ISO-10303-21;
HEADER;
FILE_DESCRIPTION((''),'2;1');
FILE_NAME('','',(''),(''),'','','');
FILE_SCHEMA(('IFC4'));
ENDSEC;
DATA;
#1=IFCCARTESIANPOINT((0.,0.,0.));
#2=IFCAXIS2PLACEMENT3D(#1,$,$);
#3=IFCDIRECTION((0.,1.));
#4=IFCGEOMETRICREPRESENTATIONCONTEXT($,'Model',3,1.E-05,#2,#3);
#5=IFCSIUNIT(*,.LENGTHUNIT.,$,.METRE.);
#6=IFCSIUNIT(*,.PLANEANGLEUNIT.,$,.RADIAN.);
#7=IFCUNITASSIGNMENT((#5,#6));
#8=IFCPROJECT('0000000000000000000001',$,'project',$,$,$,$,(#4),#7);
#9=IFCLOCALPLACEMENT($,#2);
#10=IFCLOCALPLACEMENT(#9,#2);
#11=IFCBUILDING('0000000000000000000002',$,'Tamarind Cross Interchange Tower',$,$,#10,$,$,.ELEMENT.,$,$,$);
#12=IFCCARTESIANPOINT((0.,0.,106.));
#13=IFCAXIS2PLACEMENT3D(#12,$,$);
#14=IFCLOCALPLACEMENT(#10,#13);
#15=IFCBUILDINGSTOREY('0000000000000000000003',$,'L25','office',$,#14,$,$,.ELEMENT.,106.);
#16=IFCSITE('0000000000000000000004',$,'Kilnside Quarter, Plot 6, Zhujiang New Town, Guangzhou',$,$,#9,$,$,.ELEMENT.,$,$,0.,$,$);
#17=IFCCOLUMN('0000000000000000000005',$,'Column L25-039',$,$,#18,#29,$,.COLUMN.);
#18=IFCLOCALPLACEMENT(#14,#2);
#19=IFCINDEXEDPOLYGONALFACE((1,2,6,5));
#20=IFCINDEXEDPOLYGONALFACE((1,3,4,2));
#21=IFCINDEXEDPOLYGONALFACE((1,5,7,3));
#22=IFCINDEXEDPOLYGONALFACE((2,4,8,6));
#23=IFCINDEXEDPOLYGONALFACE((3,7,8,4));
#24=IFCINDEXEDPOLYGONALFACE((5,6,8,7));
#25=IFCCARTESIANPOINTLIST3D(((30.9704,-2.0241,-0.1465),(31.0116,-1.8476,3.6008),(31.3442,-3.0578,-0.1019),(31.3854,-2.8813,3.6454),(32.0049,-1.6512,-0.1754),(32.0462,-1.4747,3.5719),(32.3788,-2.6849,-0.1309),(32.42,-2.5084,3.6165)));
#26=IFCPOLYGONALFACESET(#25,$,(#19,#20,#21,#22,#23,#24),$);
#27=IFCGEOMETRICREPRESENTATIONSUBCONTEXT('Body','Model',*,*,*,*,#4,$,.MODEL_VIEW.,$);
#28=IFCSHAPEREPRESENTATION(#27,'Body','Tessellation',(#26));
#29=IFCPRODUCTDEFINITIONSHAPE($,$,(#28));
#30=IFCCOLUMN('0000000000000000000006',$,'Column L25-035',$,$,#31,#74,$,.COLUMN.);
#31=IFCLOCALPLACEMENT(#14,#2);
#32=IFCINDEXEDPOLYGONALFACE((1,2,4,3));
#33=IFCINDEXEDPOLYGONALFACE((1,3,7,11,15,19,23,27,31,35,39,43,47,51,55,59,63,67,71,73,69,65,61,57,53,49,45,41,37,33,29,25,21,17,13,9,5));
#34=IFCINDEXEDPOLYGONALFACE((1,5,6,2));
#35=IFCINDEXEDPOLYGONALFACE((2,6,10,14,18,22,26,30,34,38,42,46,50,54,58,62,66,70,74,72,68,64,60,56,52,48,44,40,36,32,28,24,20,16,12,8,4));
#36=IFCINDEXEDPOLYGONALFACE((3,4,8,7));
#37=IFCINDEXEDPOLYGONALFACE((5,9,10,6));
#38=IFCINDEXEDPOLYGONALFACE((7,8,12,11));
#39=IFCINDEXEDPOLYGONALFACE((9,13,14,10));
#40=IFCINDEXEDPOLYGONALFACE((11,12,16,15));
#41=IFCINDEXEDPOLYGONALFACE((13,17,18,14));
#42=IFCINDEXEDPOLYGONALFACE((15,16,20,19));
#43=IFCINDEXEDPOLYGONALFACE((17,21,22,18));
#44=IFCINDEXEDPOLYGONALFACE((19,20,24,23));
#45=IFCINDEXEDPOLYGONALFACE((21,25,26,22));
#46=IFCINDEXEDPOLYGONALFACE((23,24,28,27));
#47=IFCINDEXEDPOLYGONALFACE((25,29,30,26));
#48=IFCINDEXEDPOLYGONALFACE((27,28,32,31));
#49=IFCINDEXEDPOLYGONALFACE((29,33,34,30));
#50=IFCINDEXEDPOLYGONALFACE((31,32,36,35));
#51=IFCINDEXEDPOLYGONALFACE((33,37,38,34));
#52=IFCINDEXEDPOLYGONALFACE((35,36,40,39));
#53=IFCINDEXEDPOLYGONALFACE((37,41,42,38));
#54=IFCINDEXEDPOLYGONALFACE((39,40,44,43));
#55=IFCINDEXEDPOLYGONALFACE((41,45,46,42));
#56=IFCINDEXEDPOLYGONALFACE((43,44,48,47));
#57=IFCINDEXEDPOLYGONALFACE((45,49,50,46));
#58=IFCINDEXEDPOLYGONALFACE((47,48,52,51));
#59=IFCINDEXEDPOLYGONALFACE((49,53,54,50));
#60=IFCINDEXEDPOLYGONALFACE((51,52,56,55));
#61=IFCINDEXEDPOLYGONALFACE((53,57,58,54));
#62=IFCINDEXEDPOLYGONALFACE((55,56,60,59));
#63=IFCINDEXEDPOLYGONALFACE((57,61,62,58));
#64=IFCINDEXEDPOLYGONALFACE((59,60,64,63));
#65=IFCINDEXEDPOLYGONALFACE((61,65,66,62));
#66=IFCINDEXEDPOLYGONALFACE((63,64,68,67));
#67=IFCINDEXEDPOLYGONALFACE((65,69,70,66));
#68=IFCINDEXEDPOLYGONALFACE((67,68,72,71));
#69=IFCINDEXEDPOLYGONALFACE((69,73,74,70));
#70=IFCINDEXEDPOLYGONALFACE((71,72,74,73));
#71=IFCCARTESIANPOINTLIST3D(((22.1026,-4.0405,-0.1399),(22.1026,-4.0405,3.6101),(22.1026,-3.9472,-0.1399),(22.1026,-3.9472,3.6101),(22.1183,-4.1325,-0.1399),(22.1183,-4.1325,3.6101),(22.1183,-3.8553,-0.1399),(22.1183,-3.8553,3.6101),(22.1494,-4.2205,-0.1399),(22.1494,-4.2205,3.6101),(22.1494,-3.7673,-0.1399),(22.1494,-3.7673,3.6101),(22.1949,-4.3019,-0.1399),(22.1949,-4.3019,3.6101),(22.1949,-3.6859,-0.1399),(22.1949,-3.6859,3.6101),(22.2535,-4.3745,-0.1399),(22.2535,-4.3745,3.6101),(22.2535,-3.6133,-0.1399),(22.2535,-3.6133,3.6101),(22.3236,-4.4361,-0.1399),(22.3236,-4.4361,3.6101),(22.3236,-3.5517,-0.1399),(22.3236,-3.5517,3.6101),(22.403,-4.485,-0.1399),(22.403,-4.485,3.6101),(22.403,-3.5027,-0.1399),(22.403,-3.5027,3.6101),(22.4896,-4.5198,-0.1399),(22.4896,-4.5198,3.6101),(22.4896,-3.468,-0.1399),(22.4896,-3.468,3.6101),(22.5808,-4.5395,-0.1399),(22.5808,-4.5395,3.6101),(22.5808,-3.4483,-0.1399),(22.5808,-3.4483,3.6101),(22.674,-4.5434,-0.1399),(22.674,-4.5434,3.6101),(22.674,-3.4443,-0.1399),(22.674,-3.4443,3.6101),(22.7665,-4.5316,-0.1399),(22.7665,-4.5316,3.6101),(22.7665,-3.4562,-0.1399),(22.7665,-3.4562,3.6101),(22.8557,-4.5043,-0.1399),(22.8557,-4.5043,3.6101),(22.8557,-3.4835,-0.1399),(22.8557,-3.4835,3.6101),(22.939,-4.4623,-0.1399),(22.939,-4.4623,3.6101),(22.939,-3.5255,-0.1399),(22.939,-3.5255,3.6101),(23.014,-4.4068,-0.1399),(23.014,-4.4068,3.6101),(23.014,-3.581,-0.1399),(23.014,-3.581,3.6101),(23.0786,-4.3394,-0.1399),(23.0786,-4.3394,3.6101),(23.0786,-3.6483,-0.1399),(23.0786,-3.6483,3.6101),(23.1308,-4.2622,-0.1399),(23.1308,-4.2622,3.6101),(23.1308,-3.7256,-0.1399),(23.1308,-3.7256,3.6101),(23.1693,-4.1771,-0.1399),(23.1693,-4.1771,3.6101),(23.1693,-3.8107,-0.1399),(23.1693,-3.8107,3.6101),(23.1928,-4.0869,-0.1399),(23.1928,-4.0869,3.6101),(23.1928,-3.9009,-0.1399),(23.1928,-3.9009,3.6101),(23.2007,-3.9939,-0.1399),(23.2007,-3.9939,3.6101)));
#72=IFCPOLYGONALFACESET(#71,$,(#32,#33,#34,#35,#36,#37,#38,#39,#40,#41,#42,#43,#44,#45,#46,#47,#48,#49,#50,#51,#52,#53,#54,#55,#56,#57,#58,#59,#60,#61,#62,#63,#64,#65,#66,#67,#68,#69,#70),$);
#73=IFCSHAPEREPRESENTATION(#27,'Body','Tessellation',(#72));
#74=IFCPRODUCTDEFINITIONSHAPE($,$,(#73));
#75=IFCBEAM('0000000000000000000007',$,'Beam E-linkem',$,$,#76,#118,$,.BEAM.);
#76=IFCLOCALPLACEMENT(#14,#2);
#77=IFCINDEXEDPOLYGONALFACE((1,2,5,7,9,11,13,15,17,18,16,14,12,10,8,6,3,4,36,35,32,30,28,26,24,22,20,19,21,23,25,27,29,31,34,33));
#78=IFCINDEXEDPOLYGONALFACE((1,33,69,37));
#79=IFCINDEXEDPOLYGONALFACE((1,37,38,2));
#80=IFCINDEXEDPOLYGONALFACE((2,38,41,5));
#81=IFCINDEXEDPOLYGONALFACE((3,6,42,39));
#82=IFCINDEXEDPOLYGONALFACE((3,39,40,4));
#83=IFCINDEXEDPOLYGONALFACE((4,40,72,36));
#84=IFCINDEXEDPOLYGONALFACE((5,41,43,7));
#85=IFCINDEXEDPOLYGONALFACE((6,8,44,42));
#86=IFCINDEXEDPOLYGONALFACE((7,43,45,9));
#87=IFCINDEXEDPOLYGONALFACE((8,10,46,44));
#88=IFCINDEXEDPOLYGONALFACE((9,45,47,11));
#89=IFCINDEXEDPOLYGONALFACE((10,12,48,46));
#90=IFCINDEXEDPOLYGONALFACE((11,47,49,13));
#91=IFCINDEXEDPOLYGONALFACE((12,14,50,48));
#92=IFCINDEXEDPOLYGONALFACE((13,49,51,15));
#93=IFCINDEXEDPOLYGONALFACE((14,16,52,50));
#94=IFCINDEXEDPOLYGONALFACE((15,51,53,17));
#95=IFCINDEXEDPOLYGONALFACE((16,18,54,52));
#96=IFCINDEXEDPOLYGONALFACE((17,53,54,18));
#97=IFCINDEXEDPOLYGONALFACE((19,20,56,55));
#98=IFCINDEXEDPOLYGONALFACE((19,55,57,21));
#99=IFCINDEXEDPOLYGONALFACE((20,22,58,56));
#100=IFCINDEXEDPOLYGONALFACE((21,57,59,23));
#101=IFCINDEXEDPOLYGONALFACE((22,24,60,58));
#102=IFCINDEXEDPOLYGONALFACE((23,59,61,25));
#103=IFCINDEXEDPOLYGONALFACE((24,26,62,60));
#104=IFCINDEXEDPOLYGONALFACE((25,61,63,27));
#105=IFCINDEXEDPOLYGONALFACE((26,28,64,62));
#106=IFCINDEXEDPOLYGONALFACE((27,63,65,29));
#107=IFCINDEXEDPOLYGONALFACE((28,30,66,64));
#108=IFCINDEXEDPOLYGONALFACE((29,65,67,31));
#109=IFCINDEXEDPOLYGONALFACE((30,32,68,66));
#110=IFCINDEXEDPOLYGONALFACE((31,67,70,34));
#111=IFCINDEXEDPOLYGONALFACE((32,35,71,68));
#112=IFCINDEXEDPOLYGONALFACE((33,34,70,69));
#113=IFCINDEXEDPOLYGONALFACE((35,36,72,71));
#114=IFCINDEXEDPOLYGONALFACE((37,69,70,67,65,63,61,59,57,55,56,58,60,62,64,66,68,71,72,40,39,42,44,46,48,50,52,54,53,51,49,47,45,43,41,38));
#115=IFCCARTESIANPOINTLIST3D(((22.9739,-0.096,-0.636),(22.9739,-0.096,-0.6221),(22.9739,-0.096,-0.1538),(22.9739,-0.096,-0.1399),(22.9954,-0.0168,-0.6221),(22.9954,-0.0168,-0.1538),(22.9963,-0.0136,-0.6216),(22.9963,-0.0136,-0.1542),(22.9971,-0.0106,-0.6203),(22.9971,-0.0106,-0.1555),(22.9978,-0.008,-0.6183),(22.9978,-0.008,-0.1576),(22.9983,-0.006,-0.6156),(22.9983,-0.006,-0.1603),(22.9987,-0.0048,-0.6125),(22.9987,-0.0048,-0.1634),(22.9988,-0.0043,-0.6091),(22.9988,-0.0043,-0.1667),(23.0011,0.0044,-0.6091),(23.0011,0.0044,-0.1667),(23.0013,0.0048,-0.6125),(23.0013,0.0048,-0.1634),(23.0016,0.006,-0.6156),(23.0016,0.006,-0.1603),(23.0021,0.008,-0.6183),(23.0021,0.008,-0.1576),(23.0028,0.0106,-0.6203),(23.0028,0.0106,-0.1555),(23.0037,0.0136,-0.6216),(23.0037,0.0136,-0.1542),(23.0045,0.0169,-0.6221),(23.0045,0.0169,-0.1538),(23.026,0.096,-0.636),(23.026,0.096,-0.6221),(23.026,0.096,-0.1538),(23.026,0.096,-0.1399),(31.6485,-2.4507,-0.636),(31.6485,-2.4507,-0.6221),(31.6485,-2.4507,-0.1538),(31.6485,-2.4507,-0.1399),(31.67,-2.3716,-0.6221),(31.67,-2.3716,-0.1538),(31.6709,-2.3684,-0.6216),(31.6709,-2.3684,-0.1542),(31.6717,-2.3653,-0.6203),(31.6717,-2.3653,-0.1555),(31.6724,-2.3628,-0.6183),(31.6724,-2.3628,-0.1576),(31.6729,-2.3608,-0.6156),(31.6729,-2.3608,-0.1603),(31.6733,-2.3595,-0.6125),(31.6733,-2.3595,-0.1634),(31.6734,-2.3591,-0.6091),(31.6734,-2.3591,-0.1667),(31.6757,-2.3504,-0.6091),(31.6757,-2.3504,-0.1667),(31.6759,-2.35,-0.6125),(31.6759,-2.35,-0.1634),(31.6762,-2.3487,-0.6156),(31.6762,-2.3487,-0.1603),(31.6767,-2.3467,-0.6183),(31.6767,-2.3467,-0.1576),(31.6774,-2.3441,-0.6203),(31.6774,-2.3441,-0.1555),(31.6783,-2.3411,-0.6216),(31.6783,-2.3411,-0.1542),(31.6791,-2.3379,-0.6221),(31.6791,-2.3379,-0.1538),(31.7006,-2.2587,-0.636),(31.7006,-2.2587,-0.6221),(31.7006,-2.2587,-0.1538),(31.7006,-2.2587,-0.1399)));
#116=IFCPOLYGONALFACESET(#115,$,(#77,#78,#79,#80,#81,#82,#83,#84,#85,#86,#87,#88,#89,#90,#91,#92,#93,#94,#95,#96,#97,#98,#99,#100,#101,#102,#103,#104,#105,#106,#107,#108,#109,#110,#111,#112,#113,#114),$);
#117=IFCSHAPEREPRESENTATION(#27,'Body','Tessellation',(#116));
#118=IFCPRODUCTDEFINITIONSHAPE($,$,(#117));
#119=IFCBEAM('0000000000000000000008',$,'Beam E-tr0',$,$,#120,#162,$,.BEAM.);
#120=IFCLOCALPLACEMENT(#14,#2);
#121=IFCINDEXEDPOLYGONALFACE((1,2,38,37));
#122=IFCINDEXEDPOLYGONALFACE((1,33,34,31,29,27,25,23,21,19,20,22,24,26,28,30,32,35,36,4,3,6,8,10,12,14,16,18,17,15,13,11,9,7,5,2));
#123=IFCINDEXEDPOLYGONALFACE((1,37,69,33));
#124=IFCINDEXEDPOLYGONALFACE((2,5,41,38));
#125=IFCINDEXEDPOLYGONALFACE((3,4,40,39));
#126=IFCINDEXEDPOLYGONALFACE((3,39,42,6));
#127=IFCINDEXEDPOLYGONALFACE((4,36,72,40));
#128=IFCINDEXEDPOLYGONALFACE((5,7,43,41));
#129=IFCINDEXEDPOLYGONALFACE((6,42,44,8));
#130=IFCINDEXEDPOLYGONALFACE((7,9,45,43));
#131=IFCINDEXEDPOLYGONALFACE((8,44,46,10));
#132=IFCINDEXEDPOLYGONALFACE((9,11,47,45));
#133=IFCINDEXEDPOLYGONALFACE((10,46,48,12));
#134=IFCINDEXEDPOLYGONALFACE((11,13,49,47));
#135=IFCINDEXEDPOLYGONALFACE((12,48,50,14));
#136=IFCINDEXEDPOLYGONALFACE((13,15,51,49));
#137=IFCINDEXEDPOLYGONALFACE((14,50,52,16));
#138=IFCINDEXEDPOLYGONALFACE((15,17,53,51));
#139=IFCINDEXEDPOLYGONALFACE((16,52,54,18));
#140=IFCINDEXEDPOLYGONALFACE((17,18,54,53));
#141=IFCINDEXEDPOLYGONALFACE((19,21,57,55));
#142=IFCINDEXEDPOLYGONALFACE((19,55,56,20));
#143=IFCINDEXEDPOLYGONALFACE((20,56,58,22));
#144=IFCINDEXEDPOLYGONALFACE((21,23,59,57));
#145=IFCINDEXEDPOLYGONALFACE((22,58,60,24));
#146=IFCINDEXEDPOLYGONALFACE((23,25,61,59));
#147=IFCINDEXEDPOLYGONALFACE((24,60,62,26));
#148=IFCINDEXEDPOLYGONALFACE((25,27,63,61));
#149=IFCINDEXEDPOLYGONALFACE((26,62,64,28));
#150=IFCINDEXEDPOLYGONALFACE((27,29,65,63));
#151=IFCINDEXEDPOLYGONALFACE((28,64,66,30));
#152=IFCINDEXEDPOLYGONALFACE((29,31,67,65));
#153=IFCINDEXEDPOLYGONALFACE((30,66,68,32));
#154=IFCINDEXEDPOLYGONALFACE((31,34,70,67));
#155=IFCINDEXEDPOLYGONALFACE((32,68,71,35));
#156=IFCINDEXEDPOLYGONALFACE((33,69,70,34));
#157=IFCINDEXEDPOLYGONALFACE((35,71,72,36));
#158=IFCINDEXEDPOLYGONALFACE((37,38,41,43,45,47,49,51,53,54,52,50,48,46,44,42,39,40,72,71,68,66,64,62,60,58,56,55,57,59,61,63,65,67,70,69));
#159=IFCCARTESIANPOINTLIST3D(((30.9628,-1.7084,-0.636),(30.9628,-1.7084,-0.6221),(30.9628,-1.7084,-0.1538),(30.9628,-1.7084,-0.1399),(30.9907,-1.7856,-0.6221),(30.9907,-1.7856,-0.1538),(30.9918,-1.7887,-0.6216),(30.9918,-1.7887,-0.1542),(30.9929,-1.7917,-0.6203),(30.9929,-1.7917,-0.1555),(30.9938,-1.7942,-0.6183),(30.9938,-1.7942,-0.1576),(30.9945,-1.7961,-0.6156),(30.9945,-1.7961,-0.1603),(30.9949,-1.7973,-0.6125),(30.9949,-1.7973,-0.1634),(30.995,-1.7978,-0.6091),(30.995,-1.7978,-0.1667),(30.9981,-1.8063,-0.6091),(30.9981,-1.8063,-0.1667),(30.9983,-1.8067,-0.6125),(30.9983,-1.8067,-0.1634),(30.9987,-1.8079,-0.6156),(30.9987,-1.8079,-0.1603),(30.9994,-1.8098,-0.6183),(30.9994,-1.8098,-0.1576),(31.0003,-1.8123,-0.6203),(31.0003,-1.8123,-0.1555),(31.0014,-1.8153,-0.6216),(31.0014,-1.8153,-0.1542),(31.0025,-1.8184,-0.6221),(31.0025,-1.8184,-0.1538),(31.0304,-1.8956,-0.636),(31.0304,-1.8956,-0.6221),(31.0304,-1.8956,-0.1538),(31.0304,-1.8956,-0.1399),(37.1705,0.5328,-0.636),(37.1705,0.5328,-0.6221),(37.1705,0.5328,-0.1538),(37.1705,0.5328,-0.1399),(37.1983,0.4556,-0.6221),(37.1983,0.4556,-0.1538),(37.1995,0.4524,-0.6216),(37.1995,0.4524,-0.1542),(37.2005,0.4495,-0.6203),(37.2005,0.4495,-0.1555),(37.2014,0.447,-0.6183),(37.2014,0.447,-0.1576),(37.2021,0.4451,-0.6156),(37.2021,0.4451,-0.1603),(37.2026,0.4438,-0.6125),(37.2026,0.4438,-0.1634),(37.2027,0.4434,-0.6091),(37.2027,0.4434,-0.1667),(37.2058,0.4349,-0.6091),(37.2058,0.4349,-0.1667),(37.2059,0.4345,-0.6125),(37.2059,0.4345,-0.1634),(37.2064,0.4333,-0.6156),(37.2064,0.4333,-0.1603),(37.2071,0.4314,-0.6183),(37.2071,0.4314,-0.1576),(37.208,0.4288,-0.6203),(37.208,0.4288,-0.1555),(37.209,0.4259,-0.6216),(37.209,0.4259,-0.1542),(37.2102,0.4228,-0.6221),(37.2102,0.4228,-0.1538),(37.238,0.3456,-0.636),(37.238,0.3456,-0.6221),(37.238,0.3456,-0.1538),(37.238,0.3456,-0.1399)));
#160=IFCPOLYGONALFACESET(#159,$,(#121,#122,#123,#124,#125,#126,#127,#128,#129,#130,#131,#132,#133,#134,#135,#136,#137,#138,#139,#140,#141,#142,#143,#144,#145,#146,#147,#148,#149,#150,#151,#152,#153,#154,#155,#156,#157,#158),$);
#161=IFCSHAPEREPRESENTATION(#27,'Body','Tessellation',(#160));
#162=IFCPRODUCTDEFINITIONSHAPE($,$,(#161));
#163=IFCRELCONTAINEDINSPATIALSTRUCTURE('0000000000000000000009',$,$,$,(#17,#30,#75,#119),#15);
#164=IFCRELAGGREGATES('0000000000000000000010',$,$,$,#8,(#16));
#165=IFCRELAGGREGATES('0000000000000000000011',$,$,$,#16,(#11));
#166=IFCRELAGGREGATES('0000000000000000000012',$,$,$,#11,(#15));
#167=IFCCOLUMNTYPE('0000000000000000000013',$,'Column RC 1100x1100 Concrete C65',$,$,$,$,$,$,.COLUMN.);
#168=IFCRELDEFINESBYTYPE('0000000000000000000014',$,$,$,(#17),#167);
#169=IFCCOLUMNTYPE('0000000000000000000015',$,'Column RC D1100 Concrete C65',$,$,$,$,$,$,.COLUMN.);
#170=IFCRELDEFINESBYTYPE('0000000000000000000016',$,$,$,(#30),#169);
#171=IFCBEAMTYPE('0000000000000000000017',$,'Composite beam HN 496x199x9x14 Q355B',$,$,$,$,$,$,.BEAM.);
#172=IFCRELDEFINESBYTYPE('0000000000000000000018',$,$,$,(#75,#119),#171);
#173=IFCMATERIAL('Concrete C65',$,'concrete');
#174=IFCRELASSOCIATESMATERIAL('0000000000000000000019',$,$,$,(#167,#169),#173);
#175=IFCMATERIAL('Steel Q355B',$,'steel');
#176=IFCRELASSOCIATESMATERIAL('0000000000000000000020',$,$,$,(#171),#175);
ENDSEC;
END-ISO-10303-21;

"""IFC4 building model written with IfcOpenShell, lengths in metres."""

from ifc_helpers import new_model, si_unit, direction, frame, origin, origin_2d, place, context, subcontext, project, spatial, rectangle, circle, i_section, extrude, material, material_profile, profile_set, type_object, element, save


model = new_model("IFC4")

# Units and contexts
model_context = context("Model", 3, precision=1e-05, world=origin(), true_north=direction((0.0, 1.0)))
body_context = subcontext(model_context, "Body", "Model", "MODEL_VIEW")
ifc_project = project(units=[si_unit("LENGTHUNIT", "METRE"), si_unit("PLANEANGLEUNIT", "RADIAN")], contexts=[model_context])

# Site, building, storey
site_placement = place(None, origin())
site = spatial("IfcSite", under=ifc_project, at=site_placement, Name="Kilnside Quarter, Plot 6, Zhujiang New Town, Guangzhou", CompositionType="ELEMENT", RefElevation=0.0)
building_placement = place(site_placement, origin())
building = spatial("IfcBuilding", under=site, at=building_placement, Name="Tamarind Cross Interchange Tower", CompositionType="ELEMENT")
storey_placement = place(building_placement, frame((0.0, 0.0, 106.0)))
storey = spatial("IfcBuildingStorey", under=building, at=storey_placement, Name="L25", Description="office", CompositionType="ELEMENT", Elevation=106.0)

# Columns
ifc_material_1 = material(Name="Concrete C65", Category="concrete")
ifc_material_profile_1 = material_profile(ifc_material_1, rectangle(XDim=1.1001, YDim=1.1001, at=origin_2d()), Name="RC 1100x1100")
ifc_profile_set_1 = profile_set([ifc_material_profile_1], Name="Concrete C65")
column_type_1 = type_object("IfcColumnType", Name="Column RC 1100x1100 Concrete C65", PredefinedType="COLUMN", material=ifc_profile_set_1)
column_1_placement = place(storey_placement, frame((31.6746, -2.3545, -0.1387), z_axis=(0.010998, 0.047049, 0.998832), x_axis=(-0.940431, -0.338964, 0.026321)))
element("IfcColumn", 1, at=column_1_placement, inside=storey, type_object=column_type_1, Name="Column L25-039", PredefinedType="COLUMN", context=body_context, shape_type="SweptSolid", body=[
    extrude(rectangle(XDim=1.1001, YDim=1.1001, at=origin_2d()), origin(), (0.0, 0.0, 1.0), 3.7517),
])
ifc_material_profile_2 = material_profile(ifc_material_1, circle(Radius=0.55, at=origin_2d()), Name="RC D1100")
ifc_profile_set_2 = profile_set([ifc_material_profile_2], Name="Concrete C65")
column_type_2 = type_object("IfcColumnType", Name="Column RC D1100 Concrete C65", PredefinedType="COLUMN", material=ifc_profile_set_2)
column_2_placement = place(storey_placement, frame((22.6506, -3.9939, -0.1399), z_axis=(0.0, 0.0, 1.0), x_axis=(1.0, 0.0, 0.0)))
element("IfcColumn", 2, at=column_2_placement, inside=storey, type_object=column_type_2, Name="Column L25-035", PredefinedType="COLUMN", context=body_context, shape_type="SweptSolid", body=[
    extrude(circle(Radius=0.55, at=origin_2d()), origin(), (0.0, 0.0, 1.0), 3.75),
])

# Beams
ifc_material_2 = material(Name="Steel Q355B", Category="steel")
ifc_material_profile_3 = material_profile(ifc_material_2, i_section(OverallWidth=0.199, OverallDepth=0.4961, WebThickness=0.009, FlangeThickness=0.0139, FilletRadius=0.0129, at=origin_2d()), Name="HN 496x199x9x14")
ifc_profile_set_3 = profile_set([ifc_material_profile_3], Name="Steel Q355B")
beam_type_1 = type_object("IfcBeamType", Name="Composite beam HN 496x199x9x14 Q355B", PredefinedType="BEAM", material=ifc_profile_set_3)
beam_1_placement = place(storey_placement, frame((31.6746, -2.3547, -0.3879), z_axis=(-0.965075, 0.261973, 0.0), x_axis=(-0.261973, -0.965075, 0.0)))
element("IfcBeam", 3, at=beam_1_placement, inside=storey, type_object=beam_type_1, Name="Beam E-linkem", PredefinedType="BEAM", context=body_context, shape_type="SweptSolid", body=[
    extrude(i_section(OverallWidth=0.199, OverallDepth=0.4961, WebThickness=0.009, FlangeThickness=0.0139, FilletRadius=0.0129, at=origin_2d()), origin(), (0.0, 0.0, 1.0), 8.9885),
])
beam_2_placement = place(storey_placement, frame((30.9966, -1.802, -0.3879), z_axis=(0.940577, 0.33958, 0.0), x_axis=(-0.33958, 0.940577, 0.0)))
element("IfcBeam", 4, at=beam_2_placement, inside=storey, type_object=beam_type_1, Name="Beam E-tr0", PredefinedType="BEAM", context=body_context, shape_type="SweptSolid", body=[
    extrude(i_section(OverallWidth=0.199, OverallDepth=0.4961, WebThickness=0.009, FlangeThickness=0.0139, FilletRadius=0.0129, at=origin_2d()), origin(), (0.0, 0.0, 1.0), 6.5999),
])

save(model, "model.ifc")
